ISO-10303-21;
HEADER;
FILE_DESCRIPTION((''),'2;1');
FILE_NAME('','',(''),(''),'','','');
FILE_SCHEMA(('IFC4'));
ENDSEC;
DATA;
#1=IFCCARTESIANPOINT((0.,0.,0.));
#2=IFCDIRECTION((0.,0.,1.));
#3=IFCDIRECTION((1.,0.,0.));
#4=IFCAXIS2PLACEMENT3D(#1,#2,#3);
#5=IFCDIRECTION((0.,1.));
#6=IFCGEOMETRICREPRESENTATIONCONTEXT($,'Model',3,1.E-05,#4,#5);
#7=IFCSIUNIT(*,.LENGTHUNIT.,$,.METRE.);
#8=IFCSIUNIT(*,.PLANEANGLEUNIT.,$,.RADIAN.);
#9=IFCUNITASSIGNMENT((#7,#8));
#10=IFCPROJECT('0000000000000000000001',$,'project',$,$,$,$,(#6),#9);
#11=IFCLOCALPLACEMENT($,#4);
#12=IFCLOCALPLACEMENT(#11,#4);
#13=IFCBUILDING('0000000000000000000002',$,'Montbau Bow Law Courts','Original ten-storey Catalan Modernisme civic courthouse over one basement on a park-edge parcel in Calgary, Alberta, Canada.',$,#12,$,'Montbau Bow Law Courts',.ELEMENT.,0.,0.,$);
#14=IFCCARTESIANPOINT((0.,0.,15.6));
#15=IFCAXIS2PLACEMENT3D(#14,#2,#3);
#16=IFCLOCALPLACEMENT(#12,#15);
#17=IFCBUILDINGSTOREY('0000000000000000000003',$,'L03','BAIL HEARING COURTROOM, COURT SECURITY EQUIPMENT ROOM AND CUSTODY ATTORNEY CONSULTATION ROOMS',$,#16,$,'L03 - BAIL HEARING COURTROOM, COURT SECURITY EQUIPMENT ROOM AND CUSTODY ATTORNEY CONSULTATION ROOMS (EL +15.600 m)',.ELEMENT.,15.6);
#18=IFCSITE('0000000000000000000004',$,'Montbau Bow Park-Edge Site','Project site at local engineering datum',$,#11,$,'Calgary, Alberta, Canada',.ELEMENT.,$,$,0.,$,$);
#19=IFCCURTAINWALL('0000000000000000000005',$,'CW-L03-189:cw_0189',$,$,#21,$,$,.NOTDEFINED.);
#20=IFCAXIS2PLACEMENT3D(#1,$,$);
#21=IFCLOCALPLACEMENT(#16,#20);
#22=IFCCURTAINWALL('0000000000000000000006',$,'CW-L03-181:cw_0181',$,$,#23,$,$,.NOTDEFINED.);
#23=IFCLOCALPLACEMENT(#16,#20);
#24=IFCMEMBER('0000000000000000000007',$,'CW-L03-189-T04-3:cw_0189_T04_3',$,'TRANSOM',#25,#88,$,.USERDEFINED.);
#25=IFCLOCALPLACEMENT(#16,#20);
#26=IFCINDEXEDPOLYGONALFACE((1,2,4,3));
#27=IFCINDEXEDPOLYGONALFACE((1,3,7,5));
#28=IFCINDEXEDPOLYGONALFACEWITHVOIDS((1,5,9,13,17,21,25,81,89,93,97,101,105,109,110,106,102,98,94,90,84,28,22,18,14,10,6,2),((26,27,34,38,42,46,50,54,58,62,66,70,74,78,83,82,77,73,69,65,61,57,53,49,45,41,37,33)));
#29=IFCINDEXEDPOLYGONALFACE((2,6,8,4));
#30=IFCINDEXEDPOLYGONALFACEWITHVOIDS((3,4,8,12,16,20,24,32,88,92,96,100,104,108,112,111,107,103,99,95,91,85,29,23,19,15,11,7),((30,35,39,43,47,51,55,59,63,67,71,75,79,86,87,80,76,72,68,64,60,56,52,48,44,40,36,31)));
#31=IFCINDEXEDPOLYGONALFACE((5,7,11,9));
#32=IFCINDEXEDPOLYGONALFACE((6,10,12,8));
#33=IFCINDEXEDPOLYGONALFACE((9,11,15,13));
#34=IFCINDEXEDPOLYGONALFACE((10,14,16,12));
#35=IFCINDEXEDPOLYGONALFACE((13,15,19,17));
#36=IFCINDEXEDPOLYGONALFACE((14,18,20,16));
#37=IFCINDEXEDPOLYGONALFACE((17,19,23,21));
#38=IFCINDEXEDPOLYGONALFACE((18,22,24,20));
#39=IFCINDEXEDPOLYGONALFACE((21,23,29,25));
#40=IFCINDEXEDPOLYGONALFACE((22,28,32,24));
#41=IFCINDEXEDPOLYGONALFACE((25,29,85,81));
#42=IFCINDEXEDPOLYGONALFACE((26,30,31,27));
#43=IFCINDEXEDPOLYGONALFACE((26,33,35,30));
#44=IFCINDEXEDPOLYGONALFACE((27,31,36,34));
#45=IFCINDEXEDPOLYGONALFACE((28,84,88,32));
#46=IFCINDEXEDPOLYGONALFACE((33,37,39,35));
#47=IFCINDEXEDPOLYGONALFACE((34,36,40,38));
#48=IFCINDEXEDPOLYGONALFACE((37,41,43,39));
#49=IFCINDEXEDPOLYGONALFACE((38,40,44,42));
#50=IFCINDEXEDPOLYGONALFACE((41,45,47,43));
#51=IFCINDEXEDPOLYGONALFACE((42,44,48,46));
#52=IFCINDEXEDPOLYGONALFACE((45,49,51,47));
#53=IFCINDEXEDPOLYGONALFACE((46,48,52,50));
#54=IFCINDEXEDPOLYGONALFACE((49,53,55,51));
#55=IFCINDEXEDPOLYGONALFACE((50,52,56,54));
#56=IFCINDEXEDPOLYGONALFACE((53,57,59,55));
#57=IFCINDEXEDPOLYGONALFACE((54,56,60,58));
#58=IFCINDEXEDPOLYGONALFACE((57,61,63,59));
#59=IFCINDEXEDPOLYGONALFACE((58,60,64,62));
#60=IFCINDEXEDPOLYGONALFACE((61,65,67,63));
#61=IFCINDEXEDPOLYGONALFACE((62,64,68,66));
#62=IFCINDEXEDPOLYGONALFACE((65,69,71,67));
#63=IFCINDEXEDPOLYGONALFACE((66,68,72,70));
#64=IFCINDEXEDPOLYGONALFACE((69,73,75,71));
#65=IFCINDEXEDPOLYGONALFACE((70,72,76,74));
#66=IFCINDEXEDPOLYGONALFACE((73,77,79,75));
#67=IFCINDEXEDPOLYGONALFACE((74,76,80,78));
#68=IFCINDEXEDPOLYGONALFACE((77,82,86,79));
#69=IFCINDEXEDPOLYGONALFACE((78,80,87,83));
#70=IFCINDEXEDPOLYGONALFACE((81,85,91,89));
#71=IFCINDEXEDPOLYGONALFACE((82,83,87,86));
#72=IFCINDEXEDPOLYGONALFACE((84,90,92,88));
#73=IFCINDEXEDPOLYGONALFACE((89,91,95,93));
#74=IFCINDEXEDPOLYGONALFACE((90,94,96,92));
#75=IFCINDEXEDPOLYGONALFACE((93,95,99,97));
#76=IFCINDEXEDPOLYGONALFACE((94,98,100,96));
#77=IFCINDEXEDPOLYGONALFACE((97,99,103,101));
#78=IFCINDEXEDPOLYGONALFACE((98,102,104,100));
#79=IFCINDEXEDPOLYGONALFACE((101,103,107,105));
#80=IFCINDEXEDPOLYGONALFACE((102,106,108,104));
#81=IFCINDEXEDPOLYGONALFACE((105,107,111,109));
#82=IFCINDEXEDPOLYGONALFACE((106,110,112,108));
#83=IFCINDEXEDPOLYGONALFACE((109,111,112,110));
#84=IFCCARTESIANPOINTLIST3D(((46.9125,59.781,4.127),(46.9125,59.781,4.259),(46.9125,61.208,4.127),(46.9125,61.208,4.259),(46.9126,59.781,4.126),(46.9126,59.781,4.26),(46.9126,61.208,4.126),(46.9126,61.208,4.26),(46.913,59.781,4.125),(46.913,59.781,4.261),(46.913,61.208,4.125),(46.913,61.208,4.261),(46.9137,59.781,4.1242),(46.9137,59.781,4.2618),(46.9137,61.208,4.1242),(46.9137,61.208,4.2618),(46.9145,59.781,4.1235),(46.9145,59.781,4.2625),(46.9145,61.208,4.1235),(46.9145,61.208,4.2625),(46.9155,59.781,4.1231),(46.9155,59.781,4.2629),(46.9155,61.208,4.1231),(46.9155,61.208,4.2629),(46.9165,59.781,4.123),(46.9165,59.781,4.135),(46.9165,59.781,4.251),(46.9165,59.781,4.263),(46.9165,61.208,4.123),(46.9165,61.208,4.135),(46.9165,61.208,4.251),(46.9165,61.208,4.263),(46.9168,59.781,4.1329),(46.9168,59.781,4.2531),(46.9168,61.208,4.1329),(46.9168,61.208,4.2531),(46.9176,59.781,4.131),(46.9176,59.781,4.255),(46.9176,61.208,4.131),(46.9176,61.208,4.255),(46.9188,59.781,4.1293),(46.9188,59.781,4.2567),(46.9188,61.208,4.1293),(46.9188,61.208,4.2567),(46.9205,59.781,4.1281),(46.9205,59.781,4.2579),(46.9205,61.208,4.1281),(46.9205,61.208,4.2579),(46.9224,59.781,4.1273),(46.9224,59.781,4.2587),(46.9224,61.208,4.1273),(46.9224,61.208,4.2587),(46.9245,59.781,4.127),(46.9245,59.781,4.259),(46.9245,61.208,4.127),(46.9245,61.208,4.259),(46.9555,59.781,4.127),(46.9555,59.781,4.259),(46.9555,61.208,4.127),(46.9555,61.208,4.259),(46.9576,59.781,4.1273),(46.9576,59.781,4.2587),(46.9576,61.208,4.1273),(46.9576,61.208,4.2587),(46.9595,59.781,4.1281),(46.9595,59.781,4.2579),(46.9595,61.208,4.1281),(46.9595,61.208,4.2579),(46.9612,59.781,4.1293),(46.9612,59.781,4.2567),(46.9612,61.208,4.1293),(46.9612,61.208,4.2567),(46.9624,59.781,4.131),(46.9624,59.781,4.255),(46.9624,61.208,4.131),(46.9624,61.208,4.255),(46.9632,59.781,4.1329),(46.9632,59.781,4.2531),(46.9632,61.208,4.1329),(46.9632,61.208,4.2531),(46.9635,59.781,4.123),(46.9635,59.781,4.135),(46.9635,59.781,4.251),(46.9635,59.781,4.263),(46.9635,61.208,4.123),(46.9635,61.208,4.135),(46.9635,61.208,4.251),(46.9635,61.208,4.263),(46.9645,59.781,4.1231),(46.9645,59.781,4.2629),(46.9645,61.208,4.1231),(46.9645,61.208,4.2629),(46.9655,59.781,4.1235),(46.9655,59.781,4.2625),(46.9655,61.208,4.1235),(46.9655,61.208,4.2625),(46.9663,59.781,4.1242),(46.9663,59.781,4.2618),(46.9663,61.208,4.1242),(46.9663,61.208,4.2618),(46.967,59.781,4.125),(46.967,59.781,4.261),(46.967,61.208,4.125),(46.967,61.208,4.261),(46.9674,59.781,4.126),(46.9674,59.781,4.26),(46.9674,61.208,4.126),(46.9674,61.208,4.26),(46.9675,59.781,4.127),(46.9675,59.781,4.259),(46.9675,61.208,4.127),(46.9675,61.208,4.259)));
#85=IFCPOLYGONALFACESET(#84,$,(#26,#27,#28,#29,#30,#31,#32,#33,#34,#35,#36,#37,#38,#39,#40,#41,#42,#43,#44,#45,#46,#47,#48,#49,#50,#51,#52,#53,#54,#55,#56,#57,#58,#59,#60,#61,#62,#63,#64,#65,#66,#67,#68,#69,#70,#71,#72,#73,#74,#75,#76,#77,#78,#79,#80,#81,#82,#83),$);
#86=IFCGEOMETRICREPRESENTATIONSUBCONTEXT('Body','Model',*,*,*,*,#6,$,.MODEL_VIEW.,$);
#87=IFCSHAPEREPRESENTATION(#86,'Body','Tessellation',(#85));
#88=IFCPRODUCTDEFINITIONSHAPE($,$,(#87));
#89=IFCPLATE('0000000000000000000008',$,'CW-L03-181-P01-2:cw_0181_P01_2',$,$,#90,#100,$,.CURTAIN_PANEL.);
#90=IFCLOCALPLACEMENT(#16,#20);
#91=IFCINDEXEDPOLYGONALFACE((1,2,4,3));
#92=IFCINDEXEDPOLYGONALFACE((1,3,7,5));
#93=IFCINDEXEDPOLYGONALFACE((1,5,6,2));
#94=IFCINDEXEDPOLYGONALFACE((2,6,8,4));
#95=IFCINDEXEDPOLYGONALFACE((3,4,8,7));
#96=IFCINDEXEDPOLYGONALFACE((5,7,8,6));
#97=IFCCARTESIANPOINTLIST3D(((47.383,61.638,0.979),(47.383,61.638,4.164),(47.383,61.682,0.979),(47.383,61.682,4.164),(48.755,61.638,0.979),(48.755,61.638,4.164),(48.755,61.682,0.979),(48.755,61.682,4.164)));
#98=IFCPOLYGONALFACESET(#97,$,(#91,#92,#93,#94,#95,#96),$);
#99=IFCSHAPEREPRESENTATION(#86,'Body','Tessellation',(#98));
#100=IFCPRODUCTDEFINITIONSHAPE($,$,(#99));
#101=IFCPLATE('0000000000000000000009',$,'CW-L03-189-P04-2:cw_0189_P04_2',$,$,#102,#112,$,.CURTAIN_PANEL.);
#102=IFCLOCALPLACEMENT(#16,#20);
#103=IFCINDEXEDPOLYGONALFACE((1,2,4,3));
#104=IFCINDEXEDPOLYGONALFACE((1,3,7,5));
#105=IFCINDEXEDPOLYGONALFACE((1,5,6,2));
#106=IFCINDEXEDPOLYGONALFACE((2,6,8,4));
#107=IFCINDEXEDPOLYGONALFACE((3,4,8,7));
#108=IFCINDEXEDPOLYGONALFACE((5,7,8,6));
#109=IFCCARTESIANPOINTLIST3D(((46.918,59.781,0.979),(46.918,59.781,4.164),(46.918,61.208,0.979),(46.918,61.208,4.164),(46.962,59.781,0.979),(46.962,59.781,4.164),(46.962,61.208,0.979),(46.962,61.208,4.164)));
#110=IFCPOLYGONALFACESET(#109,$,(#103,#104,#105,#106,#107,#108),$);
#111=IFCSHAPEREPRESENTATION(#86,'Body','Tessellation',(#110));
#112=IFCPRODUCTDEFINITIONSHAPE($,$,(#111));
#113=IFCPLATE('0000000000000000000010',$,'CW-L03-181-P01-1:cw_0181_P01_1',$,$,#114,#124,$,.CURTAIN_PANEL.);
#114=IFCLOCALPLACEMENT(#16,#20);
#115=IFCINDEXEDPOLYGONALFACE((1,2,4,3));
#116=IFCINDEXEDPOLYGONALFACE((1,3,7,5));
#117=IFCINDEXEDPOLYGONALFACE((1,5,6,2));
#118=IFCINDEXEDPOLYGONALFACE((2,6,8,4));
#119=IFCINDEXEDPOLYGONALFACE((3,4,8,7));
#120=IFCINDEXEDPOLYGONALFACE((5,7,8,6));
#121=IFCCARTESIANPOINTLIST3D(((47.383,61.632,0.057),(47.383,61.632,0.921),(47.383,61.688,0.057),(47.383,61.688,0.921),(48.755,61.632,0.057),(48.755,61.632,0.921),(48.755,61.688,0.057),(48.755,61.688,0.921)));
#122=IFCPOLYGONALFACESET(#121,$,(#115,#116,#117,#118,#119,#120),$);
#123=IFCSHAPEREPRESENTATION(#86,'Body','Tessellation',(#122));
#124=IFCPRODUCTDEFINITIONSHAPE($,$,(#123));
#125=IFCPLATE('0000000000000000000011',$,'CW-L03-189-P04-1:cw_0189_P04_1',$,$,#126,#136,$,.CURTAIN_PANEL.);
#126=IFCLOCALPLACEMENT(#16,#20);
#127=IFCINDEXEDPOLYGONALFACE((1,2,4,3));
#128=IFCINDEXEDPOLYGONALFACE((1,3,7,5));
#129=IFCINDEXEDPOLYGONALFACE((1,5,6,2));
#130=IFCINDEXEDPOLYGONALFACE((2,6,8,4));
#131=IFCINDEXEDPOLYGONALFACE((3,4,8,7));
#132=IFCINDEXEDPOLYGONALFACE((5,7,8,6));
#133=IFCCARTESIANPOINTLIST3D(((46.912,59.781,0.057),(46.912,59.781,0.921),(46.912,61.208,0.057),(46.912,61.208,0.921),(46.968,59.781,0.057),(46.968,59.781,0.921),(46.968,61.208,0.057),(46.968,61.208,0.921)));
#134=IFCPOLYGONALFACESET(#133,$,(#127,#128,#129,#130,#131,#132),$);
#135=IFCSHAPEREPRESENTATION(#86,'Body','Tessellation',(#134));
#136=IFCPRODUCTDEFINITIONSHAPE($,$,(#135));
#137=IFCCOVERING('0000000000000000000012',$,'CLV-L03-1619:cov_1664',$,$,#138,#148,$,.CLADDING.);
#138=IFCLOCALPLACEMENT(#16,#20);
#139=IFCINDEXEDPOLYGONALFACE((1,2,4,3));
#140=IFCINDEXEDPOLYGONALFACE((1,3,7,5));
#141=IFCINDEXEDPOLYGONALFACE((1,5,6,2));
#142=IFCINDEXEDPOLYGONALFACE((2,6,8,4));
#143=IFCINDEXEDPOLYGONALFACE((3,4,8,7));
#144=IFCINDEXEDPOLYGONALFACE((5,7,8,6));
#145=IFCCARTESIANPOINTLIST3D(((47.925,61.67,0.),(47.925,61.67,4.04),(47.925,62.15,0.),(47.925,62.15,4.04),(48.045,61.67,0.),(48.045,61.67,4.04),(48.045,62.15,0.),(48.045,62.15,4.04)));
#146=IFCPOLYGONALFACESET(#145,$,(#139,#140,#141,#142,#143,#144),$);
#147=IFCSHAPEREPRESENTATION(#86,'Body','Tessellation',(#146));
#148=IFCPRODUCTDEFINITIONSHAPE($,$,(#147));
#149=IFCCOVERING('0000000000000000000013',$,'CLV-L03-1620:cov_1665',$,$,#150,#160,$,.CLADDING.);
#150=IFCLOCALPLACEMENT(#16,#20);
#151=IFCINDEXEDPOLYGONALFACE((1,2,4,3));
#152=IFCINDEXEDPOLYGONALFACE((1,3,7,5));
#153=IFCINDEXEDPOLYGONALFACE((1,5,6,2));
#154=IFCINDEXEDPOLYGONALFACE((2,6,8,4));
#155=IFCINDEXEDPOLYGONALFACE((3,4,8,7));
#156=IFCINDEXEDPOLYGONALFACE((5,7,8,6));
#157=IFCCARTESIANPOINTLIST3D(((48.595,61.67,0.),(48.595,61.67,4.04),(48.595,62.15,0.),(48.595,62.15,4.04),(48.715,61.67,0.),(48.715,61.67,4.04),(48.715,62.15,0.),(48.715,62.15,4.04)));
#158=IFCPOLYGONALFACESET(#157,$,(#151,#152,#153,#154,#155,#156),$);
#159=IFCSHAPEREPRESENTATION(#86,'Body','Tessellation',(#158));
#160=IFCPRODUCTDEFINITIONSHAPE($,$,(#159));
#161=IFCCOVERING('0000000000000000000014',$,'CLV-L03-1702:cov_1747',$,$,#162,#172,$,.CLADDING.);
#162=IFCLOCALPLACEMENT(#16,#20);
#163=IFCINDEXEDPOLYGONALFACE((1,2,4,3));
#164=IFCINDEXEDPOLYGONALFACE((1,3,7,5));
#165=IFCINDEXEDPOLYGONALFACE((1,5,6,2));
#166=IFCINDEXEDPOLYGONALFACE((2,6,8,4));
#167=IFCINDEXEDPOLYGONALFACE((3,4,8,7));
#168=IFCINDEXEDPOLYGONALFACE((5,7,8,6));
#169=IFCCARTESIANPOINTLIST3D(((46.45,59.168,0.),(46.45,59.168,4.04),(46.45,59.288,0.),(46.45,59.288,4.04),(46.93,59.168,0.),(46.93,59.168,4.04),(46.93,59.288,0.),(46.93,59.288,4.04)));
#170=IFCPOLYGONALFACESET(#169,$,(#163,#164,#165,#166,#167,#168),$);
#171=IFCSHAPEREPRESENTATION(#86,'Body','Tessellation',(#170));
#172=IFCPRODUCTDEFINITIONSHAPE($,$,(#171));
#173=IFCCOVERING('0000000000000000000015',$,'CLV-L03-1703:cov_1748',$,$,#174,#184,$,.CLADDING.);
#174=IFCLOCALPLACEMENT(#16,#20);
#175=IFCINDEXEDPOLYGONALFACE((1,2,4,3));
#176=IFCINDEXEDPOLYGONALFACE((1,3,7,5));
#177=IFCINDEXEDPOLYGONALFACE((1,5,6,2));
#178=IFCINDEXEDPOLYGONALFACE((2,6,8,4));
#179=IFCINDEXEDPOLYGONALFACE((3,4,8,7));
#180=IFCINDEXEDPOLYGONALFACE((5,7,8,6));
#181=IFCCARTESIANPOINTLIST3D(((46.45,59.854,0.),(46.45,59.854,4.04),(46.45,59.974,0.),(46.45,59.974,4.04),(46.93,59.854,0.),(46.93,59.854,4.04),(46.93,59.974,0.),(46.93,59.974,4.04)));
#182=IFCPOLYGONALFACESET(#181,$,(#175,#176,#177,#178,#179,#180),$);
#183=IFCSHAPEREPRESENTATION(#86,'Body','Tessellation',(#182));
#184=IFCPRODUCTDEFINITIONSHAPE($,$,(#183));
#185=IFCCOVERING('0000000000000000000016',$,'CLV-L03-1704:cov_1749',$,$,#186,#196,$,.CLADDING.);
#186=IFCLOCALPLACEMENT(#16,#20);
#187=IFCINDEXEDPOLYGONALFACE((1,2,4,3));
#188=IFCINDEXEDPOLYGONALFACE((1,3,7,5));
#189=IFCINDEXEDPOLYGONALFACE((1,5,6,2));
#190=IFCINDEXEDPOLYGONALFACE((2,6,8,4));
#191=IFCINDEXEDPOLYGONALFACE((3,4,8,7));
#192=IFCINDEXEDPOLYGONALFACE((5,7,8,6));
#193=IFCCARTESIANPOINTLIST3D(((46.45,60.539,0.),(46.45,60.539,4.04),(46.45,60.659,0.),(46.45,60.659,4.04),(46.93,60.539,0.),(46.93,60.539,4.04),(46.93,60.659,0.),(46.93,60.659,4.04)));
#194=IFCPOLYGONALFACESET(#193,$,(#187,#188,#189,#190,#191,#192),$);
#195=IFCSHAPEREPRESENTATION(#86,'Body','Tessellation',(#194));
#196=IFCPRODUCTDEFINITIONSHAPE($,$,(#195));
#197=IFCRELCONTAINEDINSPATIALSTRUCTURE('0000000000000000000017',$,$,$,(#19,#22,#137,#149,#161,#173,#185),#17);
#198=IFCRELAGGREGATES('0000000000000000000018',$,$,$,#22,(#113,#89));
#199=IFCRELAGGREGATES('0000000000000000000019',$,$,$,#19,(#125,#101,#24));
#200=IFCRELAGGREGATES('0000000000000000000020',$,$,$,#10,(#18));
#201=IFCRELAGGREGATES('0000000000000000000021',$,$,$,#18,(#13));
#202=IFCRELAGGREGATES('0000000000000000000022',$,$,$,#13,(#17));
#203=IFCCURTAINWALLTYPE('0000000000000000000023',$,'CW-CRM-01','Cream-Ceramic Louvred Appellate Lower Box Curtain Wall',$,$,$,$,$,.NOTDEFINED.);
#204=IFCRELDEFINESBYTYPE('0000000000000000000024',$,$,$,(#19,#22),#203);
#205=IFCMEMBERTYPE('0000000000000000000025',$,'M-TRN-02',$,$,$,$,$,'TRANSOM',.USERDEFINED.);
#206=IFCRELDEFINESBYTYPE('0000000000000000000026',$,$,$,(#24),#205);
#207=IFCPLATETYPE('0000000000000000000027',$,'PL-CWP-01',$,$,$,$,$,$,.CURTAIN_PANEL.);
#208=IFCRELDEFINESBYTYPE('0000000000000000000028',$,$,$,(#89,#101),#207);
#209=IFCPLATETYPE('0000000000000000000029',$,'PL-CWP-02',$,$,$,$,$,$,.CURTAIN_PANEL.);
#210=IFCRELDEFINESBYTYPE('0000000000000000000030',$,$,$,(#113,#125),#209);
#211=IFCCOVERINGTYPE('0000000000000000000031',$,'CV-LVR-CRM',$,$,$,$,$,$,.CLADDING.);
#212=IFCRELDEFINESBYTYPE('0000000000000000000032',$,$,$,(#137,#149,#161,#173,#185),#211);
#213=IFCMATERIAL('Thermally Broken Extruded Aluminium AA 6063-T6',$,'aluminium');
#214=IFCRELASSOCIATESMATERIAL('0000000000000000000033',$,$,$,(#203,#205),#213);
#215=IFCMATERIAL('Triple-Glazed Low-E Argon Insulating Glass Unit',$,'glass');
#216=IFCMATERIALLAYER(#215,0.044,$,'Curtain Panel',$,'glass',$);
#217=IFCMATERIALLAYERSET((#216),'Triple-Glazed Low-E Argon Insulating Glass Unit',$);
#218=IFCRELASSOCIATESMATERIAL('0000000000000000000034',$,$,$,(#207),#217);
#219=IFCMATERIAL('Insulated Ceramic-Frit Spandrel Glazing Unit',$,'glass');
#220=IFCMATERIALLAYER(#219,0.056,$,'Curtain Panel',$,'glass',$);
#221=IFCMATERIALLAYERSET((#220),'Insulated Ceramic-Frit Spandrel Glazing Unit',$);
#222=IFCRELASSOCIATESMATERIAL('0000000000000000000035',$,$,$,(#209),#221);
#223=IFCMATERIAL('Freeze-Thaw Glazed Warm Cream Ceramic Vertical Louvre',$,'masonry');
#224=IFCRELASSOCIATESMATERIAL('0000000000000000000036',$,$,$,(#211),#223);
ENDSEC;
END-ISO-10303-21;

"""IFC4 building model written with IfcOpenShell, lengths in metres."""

from ifc_helpers import new_model, si_unit, direction, frame, frame_2d, origin_with_axes, origin_2d_with_axis, place, context, subcontext, project, spatial, rectangle, hollow_rectangle, extrude, material, layer, layer_set, material_profile, profile_set, type_object, element, aggregate, save


model = new_model("IFC4")

# Units and contexts
model_context = context("Model", 3, precision=1e-05, world=origin_with_axes(), true_north=direction((0.0, 1.0)))
body_context = subcontext(model_context, "Body", "Model", "MODEL_VIEW")
ifc_project = project(units=[si_unit("LENGTHUNIT", "METRE"), si_unit("PLANEANGLEUNIT", "RADIAN")], contexts=[model_context])

# Site, building, storey
site_placement = place(None, origin_with_axes())
site = spatial("IfcSite", under=ifc_project, at=site_placement, Name="Montbau Bow Park-Edge Site", Description="Project site at local engineering datum", LongName="Calgary, Alberta, Canada", CompositionType="ELEMENT", RefElevation=0.0)
building_placement = place(site_placement, origin_with_axes())
building = spatial("IfcBuilding", under=site, at=building_placement, Name="Montbau Bow Law Courts", Description="Original ten-storey Catalan Modernisme civic courthouse over one basement on a park-edge parcel in Calgary, Alberta, Canada.", LongName="Montbau Bow Law Courts", CompositionType="ELEMENT", ElevationOfRefHeight=0.0, ElevationOfTerrain=0.0)
storey_placement = place(building_placement, frame((0.0, 0.0, 15.6), z_axis=(0.0, 0.0, 1.0), x_axis=(1.0, 0.0, 0.0)))
storey = spatial("IfcBuildingStorey", under=building, at=storey_placement, Name="L03", Description="BAIL HEARING COURTROOM, COURT SECURITY EQUIPMENT ROOM AND CUSTODY ATTORNEY CONSULTATION ROOMS", LongName="L03 - BAIL HEARING COURTROOM, COURT SECURITY EQUIPMENT ROOM AND CUSTODY ATTORNEY CONSULTATION ROOMS (EL +15.600 m)", CompositionType="ELEMENT", Elevation=15.6)

# Curtain walls
ifc_material_1 = material(Name="Thermally Broken Extruded Aluminium AA 6063-T6", Category="aluminium")
curtain_wall_type = type_object("IfcCurtainWallType", Name="CW-CRM-01", Description="Cream-Ceramic Louvred Appellate Lower Box Curtain Wall", PredefinedType="NOTDEFINED", material=ifc_material_1)
curtain_wall_1_placement = place(None, frame((46.94, 55.115, 15.6), z_axis=(0.0, 0.0, 1.0), x_axis=(1.0, 0.0, 0.0)))
curtain_wall_1 = element("IfcCurtainWall", 1, at=curtain_wall_1_placement, inside=storey, type_object=curtain_wall_type, Name="CW-L03-189:cw_0189", PredefinedType="NOTDEFINED")
curtain_wall_2_placement = place(None, frame((47.315, 61.66, 15.6), z_axis=(0.0, 0.0, 1.0), x_axis=(1.0, 0.0, 0.0)))
curtain_wall_2 = element("IfcCurtainWall", 2, at=curtain_wall_2_placement, inside=storey, type_object=curtain_wall_type, Name="CW-L03-181:cw_0181", PredefinedType="NOTDEFINED")
ifc_material_profile_1 = material_profile(ifc_material_1, hollow_rectangle(XDim=0.055, YDim=0.14, WallThickness=0.004, InnerFilletRadius=0.008, OuterFilletRadius=0.004, at=origin_2d_with_axis()), Name="CWT-140X55", Category="Main", Priority=0)
ifc_profile_set_1 = profile_set([ifc_material_profile_1], Name="Thermally Broken Extruded Aluminium AA 6063-T6")
member_type_1 = type_object("IfcMemberType", Name="M-TRN-02", ElementType="TRANSOM", PredefinedType="USERDEFINED", material=ifc_profile_set_1)

# Member
member_1_placement = place(None, frame((46.94, 59.781, 19.793), z_axis=(0.0, 1.0, 0.0), x_axis=(-1.0, 0.0, 0.0)))
member_1 = element("IfcMember", 3, at=member_1_placement, type_object=member_type_1, Name="CW-L03-189-T04-3:cw_0189_T04_3", ObjectType="TRANSOM", PredefinedType="USERDEFINED", context=body_context, shape_type="SweptSolid", body=[
    extrude(hollow_rectangle(XDim=0.055, YDim=0.14, WallThickness=0.004, InnerFilletRadius=0.008, OuterFilletRadius=0.004, at=origin_2d_with_axis()), origin_with_axes(), (0.0, 0.0, 1.0), 1.427),
])

# Plates
ifc_material_2 = material(Name="Triple-Glazed Low-E Argon Insulating Glass Unit", Category="glass")
ifc_layer_1 = layer(ifc_material_2, 0.044, Name="Curtain Panel", Category="glass")
ifc_layer_set_1 = layer_set([ifc_layer_1], Name="Triple-Glazed Low-E Argon Insulating Glass Unit")
plate_type_1 = type_object("IfcPlateType", Name="PL-CWP-01", PredefinedType="CURTAIN_PANEL", material=ifc_layer_set_1)
plate_1_placement = place(None, frame((47.383, 61.66, 16.579), z_axis=(0.0, -1.0, 0.0), x_axis=(1.0, 0.0, 0.0)))
plate_1 = element("IfcPlate", 4, at=plate_1_placement, type_object=plate_type_1, Name="CW-L03-181-P01-2:cw_0181_P01_2", PredefinedType="CURTAIN_PANEL", context=body_context, shape_type="SweptSolid", body=[
    extrude(rectangle(XDim=1.372, YDim=3.185, at=frame_2d((0.686, 1.5925), x_axis=(1.0, 0.0))), frame((0.0, 0.0, -0.022), z_axis=(0.0, 0.0, 1.0), x_axis=(1.0, 0.0, 0.0)), (0.0, 0.0, 1.0), 0.044),
])
plate_2_placement = place(None, frame((46.94, 59.781, 16.579), z_axis=(1.0, 0.0, 0.0), x_axis=(0.0, 1.0, 0.0)))
plate_2 = element("IfcPlate", 5, at=plate_2_placement, type_object=plate_type_1, Name="CW-L03-189-P04-2:cw_0189_P04_2", PredefinedType="CURTAIN_PANEL", context=body_context, shape_type="SweptSolid", body=[
    extrude(rectangle(XDim=1.427, YDim=3.185, at=frame_2d((0.7135, 1.5925), x_axis=(1.0, 0.0))), frame((0.0, 0.0, -0.022), z_axis=(0.0, 0.0, 1.0), x_axis=(1.0, 0.0, 0.0)), (0.0, 0.0, 1.0), 0.044),
])
ifc_material_3 = material(Name="Insulated Ceramic-Frit Spandrel Glazing Unit", Category="glass")
ifc_layer_2 = layer(ifc_material_3, 0.056, Name="Curtain Panel", Category="glass")
ifc_layer_set_2 = layer_set([ifc_layer_2], Name="Insulated Ceramic-Frit Spandrel Glazing Unit")
plate_type_2 = type_object("IfcPlateType", Name="PL-CWP-02", PredefinedType="CURTAIN_PANEL", material=ifc_layer_set_2)
plate_3_placement = place(None, frame((47.383, 61.66, 15.657), z_axis=(0.0, -1.0, 0.0), x_axis=(1.0, 0.0, 0.0)))
plate_3 = element("IfcPlate", 6, at=plate_3_placement, type_object=plate_type_2, Name="CW-L03-181-P01-1:cw_0181_P01_1", PredefinedType="CURTAIN_PANEL", context=body_context, shape_type="SweptSolid", body=[
    extrude(rectangle(XDim=1.372, YDim=0.864, at=frame_2d((0.686, 0.432), x_axis=(1.0, 0.0))), frame((0.0, 0.0, -0.028), z_axis=(0.0, 0.0, 1.0), x_axis=(1.0, 0.0, 0.0)), (0.0, 0.0, 1.0), 0.056),
])
aggregate(curtain_wall_2, [plate_3, plate_1])
plate_4_placement = place(None, frame((46.94, 59.781, 15.657), z_axis=(1.0, 0.0, 0.0), x_axis=(0.0, 1.0, 0.0)))
plate_4 = element("IfcPlate", 7, at=plate_4_placement, type_object=plate_type_2, Name="CW-L03-189-P04-1:cw_0189_P04_1", PredefinedType="CURTAIN_PANEL", context=body_context, shape_type="SweptSolid", body=[
    extrude(rectangle(XDim=1.427, YDim=0.864, at=frame_2d((0.7135, 0.432), x_axis=(1.0, 0.0))), frame((0.0, 0.0, -0.028), z_axis=(0.0, 0.0, 1.0), x_axis=(1.0, 0.0, 0.0)), (0.0, 0.0, 1.0), 0.056),
])
aggregate(curtain_wall_1, [plate_4, plate_2, member_1])

# Coverings
ifc_material_4 = material(Name="Freeze-Thaw Glazed Warm Cream Ceramic Vertical Louvre", Category="masonry")
covering_type = type_object("IfcCoveringType", Name="CV-LVR-CRM", PredefinedType="CLADDING", material=ifc_material_4)
for number, where, z_axis, x_axis, name in (
    (8, (47.985, 61.67, 15.6), (1.0, 0.0, 0.0), (0.0, 1.0, 0.0), "CLV-L03-1619:cov_1664"),
    (9, (48.655, 61.67, 15.6), (1.0, 0.0, 0.0), (0.0, 1.0, 0.0), "CLV-L03-1620:cov_1665"),
    (10, (46.93, 59.228, 15.6), (0.0, 1.0, 0.0), (-1.0, 0.0, 0.0), "CLV-L03-1702:cov_1747"),
    (11, (46.93, 59.914, 15.6), (0.0, 1.0, 0.0), (-1.0, 0.0, 0.0), "CLV-L03-1703:cov_1748"),
    (12, (46.93, 60.599, 15.6), (0.0, 1.0, 0.0), (-1.0, 0.0, 0.0), "CLV-L03-1704:cov_1749"),
):
    element("IfcCovering", number, at=place(None, frame(where, z_axis=z_axis, x_axis=x_axis)), inside=storey, type_object=covering_type, Name=name, PredefinedType="CLADDING", context=body_context, shape_type="SweptSolid", body=[
        extrude(rectangle(XDim=0.48, YDim=4.04, at=frame_2d((0.24, 2.02), x_axis=(1.0, 0.0))), frame((0.0, 0.0, -0.06), z_axis=(0.0, 0.0, 1.0), x_axis=(1.0, 0.0, 0.0)), (0.0, 0.0, 1.0), 0.12),
    ])

save(model, "model.ifc")
